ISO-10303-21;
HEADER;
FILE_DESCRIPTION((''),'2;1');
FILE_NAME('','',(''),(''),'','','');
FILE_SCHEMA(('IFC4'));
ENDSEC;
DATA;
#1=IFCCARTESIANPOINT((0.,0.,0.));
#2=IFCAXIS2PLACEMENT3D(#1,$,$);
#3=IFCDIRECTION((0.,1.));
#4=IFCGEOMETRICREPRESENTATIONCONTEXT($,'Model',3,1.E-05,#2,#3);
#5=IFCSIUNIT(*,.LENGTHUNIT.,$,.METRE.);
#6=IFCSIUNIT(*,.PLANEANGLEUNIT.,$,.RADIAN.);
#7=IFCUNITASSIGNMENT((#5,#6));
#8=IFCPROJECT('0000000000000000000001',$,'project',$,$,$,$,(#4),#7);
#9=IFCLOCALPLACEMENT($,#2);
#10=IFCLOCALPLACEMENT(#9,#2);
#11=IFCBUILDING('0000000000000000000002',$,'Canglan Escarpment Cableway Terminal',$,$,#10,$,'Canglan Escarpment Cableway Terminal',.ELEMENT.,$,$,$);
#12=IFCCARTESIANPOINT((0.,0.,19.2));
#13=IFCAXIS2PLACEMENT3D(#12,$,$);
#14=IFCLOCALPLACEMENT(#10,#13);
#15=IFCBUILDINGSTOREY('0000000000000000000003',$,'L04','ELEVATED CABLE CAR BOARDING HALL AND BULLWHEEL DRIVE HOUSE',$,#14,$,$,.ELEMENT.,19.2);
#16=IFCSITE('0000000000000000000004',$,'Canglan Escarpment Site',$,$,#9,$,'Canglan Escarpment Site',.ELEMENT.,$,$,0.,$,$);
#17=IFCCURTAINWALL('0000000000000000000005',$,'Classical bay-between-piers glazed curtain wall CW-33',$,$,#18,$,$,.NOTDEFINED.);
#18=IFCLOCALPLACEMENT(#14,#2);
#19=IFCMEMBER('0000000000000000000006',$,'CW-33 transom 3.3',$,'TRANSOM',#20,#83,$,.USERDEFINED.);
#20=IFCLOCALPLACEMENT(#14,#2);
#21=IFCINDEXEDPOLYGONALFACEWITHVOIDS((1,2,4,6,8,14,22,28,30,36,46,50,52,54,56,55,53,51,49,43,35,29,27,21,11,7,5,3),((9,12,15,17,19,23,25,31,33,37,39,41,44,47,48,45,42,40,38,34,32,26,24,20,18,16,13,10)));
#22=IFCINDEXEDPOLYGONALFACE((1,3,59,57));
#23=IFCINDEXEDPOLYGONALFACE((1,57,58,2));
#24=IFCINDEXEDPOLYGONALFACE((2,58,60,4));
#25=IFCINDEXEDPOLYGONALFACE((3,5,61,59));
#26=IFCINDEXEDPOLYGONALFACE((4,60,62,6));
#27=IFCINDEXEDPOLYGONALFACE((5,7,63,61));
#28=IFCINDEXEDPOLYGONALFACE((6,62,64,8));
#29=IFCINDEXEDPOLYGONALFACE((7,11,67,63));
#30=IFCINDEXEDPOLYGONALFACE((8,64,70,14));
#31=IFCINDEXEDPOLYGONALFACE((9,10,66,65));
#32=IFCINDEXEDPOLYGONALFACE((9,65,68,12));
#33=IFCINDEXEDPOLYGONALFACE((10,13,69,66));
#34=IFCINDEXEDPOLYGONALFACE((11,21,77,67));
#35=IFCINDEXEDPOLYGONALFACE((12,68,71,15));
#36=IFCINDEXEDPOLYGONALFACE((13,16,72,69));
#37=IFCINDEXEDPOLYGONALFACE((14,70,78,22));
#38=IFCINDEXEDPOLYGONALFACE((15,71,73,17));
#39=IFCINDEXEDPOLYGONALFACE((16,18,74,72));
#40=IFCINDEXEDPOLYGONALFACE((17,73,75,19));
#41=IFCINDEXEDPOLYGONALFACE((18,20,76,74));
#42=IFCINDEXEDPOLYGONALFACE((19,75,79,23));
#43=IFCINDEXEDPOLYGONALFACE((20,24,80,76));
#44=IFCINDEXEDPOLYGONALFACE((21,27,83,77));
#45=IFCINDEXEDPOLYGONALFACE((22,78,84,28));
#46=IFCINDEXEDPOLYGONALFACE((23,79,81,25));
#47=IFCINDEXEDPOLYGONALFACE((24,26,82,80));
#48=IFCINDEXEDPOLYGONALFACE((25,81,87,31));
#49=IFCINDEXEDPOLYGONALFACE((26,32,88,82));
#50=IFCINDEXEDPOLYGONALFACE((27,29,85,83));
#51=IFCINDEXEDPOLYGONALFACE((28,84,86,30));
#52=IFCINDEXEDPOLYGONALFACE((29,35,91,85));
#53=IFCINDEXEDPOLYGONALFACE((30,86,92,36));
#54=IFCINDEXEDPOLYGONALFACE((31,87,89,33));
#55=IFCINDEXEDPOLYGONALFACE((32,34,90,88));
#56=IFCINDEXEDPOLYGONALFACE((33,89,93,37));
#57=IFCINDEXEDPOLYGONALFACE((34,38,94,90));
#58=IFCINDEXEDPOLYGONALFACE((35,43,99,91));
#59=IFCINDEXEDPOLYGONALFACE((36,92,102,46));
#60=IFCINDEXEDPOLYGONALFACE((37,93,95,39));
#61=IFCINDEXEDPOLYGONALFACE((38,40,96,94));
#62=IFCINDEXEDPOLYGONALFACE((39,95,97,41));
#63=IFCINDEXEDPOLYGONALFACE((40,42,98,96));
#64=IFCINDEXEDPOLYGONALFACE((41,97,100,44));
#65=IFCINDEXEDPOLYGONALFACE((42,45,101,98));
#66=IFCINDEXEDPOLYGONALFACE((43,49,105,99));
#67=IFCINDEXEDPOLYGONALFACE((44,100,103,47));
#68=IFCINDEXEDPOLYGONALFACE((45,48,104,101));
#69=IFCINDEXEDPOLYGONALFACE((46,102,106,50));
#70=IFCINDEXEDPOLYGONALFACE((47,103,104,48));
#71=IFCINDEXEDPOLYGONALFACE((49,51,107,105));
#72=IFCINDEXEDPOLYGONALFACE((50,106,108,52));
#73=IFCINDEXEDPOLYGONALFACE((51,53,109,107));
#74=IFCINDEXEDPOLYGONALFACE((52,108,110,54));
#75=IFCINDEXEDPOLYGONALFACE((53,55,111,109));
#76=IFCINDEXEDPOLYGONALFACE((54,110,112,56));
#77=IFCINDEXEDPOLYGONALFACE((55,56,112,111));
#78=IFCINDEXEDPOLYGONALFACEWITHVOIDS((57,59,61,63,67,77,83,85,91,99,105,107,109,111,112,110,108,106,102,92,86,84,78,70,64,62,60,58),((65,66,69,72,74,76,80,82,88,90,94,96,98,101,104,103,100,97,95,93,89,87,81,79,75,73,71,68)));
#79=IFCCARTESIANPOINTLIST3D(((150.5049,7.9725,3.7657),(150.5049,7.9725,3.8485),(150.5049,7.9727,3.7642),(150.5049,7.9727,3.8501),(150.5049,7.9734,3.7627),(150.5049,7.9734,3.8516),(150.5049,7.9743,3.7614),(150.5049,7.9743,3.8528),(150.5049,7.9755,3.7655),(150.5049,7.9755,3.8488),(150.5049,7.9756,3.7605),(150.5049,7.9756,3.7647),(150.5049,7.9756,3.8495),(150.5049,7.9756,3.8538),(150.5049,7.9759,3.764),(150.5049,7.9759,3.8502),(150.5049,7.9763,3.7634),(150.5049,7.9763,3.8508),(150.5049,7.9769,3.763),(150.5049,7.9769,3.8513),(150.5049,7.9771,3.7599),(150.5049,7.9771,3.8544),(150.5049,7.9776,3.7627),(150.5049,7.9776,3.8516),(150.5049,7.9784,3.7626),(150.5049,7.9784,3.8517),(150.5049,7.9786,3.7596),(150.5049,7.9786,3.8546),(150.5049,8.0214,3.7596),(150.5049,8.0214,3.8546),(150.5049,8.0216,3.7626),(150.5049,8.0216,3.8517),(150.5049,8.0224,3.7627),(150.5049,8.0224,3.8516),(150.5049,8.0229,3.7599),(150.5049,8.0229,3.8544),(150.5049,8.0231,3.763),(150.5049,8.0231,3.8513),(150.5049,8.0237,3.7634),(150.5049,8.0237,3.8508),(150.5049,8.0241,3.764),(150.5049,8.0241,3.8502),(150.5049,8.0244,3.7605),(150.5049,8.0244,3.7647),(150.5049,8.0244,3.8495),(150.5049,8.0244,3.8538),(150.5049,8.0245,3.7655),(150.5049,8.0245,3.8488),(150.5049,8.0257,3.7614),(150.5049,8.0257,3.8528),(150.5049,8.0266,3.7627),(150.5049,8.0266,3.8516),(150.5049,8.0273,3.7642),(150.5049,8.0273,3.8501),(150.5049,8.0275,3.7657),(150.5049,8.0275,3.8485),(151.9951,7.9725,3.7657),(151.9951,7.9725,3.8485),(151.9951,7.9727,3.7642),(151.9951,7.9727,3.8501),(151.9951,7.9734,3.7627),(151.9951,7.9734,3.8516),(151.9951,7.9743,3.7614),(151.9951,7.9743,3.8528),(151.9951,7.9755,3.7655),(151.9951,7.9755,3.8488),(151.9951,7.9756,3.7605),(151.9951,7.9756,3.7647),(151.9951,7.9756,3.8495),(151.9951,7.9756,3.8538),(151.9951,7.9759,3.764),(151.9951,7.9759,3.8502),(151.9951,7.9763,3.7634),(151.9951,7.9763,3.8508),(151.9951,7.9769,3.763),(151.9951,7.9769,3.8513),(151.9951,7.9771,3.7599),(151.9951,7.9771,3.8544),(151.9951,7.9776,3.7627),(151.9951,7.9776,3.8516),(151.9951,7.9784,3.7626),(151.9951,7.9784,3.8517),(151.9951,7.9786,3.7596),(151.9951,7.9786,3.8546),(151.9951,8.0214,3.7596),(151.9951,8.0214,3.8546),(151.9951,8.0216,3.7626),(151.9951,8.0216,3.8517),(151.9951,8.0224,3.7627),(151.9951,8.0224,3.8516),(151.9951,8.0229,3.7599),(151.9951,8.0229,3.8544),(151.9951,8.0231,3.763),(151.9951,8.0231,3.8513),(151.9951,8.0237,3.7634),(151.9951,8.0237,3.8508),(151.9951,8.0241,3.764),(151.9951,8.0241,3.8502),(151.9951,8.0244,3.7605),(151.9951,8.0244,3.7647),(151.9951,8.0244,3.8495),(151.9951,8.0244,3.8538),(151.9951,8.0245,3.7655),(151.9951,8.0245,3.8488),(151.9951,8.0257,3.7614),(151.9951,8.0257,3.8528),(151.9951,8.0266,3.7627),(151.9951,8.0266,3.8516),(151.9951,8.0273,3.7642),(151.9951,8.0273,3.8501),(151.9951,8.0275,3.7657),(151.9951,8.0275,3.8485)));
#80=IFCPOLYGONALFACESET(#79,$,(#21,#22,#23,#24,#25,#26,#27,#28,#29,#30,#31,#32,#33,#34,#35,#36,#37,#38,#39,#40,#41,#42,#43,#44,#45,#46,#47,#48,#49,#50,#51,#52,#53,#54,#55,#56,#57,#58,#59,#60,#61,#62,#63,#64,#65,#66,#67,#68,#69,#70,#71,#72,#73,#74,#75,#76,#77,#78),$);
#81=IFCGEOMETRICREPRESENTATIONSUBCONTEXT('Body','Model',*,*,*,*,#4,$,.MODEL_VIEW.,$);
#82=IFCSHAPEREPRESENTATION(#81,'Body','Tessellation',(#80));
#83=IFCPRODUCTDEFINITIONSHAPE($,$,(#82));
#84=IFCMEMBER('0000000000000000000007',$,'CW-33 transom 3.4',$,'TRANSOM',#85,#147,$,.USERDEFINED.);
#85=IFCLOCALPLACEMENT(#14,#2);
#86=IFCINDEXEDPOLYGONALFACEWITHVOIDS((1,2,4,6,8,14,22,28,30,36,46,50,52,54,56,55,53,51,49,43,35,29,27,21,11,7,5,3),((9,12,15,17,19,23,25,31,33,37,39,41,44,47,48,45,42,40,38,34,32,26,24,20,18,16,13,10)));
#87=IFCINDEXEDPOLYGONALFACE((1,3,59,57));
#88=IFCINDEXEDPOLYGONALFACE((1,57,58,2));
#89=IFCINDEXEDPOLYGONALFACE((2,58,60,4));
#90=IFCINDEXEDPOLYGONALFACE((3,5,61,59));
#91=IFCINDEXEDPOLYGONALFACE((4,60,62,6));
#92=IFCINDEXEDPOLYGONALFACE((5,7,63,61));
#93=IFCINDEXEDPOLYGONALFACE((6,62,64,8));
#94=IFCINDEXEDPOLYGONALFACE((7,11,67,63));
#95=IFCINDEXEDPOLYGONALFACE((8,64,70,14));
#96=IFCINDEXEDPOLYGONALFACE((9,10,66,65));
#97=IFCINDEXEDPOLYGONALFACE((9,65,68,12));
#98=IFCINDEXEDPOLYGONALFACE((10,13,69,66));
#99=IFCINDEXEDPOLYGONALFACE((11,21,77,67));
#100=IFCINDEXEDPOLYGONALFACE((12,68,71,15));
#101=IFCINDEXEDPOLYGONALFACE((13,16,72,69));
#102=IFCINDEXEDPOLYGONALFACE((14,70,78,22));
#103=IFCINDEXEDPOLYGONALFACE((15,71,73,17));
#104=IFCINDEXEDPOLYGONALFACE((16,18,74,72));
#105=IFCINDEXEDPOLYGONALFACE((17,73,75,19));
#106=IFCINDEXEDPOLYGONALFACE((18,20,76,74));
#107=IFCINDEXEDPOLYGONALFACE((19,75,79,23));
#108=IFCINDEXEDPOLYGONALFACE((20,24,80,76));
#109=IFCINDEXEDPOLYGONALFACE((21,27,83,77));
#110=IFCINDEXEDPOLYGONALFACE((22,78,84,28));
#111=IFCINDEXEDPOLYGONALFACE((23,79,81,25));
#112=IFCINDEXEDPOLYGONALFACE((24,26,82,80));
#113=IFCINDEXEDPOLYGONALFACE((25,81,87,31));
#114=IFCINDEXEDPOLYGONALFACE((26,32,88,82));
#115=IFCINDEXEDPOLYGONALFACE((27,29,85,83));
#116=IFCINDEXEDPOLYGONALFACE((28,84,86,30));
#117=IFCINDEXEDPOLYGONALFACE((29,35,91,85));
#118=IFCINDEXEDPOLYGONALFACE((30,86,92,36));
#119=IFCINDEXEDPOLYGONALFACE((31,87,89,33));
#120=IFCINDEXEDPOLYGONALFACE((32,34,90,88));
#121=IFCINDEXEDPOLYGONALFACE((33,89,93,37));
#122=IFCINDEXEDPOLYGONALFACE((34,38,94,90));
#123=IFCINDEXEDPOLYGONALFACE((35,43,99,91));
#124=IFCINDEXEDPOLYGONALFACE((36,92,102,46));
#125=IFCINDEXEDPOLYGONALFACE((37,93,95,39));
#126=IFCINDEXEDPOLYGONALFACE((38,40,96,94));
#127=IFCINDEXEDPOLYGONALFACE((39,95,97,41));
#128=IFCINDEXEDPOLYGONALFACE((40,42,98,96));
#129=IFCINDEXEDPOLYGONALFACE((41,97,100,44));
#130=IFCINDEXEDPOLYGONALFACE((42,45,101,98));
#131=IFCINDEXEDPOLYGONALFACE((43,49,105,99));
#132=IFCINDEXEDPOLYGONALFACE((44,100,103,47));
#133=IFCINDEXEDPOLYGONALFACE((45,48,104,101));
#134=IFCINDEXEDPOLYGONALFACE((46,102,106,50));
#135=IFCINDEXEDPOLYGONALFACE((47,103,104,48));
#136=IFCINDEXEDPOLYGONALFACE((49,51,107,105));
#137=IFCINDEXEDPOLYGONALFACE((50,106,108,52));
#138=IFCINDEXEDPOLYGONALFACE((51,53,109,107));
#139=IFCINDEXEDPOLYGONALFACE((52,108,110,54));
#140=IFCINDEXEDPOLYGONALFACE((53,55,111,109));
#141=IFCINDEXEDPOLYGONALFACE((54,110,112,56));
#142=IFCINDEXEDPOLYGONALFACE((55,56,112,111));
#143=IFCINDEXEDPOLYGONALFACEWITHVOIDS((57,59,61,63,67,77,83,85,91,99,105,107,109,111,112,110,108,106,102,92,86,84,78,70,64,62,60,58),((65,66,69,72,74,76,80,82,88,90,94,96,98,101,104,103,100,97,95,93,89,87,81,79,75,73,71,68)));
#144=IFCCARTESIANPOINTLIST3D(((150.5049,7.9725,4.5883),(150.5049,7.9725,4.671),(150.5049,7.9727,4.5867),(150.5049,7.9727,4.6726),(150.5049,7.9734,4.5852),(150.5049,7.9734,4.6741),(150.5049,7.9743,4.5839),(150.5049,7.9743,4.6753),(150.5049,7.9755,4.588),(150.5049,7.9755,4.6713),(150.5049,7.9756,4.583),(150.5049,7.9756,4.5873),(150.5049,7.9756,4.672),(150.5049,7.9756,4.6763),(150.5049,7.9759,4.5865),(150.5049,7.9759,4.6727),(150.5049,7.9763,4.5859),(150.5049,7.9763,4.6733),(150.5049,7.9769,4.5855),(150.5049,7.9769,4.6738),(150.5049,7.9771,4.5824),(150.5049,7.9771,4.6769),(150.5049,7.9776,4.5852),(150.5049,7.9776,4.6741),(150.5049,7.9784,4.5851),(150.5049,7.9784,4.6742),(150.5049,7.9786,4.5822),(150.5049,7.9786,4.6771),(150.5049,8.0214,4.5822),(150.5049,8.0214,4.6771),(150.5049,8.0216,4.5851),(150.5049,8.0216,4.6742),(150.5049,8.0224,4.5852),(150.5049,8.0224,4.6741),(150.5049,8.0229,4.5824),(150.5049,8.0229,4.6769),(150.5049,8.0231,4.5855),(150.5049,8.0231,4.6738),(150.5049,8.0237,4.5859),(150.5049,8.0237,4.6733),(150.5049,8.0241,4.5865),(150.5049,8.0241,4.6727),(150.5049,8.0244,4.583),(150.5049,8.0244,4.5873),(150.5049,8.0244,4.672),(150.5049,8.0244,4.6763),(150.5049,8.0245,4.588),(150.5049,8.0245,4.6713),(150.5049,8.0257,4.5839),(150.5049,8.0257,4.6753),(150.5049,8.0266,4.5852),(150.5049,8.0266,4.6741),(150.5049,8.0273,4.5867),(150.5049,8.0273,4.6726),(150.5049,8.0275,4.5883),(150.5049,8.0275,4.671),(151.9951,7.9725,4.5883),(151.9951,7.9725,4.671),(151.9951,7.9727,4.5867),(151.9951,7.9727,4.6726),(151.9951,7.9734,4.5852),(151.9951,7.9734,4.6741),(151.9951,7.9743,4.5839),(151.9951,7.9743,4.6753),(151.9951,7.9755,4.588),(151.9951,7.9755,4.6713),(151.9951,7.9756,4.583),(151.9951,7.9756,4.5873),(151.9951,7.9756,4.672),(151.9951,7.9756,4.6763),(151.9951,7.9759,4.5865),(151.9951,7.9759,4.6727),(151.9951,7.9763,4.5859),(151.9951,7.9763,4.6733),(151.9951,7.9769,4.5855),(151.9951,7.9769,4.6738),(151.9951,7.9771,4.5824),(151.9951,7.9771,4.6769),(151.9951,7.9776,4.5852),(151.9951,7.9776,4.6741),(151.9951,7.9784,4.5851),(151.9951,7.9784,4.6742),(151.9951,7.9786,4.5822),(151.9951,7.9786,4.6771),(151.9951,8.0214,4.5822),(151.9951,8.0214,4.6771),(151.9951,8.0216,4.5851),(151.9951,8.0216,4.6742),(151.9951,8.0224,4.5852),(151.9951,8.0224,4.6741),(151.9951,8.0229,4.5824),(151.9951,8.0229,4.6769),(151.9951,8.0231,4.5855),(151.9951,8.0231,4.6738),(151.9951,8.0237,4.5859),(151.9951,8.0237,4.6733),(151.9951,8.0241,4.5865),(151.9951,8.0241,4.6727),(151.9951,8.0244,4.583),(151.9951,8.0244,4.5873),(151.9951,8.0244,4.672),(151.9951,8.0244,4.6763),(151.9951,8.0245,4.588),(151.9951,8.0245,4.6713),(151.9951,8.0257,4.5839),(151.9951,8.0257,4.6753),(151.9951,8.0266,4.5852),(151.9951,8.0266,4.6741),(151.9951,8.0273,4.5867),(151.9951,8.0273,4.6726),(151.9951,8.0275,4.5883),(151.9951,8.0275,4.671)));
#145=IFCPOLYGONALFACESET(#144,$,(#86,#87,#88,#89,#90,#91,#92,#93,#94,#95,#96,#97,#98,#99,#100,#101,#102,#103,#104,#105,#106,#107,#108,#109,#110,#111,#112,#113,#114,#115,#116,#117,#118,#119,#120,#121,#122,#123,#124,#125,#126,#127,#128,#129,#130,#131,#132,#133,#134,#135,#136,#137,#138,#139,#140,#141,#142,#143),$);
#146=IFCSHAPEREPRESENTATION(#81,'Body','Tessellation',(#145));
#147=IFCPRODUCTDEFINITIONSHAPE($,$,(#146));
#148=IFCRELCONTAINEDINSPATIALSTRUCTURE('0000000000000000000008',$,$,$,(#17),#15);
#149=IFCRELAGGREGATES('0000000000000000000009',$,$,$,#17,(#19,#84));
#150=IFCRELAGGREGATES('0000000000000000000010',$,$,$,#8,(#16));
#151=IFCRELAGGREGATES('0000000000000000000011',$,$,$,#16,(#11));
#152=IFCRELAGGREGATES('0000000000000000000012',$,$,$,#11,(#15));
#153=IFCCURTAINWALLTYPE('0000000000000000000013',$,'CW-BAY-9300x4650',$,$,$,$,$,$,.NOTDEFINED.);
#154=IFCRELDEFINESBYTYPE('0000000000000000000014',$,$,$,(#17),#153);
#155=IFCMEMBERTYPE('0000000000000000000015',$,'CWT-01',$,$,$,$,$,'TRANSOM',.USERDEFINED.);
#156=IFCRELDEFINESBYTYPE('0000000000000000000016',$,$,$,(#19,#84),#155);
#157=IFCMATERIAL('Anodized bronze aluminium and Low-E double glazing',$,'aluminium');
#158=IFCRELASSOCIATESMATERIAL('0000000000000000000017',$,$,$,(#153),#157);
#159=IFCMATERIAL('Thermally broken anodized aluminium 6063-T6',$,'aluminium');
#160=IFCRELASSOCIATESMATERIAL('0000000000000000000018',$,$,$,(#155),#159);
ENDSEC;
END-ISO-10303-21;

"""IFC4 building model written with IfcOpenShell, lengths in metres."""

from ifc_helpers import new_model, si_unit, direction, frame, origin, origin_2d, place, context, subcontext, project, spatial, hollow_rectangle, extrude, material, material_profile, profile_set, type_object, element, aggregate, save


model = new_model("IFC4")

# Units and contexts
model_context = context("Model", 3, precision=1e-05, world=origin(), true_north=direction((0.0, 1.0)))
body_context = subcontext(model_context, "Body", "Model", "MODEL_VIEW")
ifc_project = project(units=[si_unit("LENGTHUNIT", "METRE"), si_unit("PLANEANGLEUNIT", "RADIAN")], contexts=[model_context])

# Site, building, storey
site_placement = place(None, origin())
site = spatial("IfcSite", under=ifc_project, at=site_placement, Name="Canglan Escarpment Site", LongName="Canglan Escarpment Site", CompositionType="ELEMENT", RefElevation=0.0)
building_placement = place(site_placement, origin())
building = spatial("IfcBuilding", under=site, at=building_placement, Name="Canglan Escarpment Cableway Terminal", LongName="Canglan Escarpment Cableway Terminal", CompositionType="ELEMENT")
storey_placement = place(building_placement, frame((0.0, 0.0, 19.2)))
storey = spatial("IfcBuildingStorey", under=building, at=storey_placement, Name="L04", Description="ELEVATED CABLE CAR BOARDING HALL AND BULLWHEEL DRIVE HOUSE", CompositionType="ELEMENT", Elevation=19.2)

# Curtain wall, members
ifc_material_1 = material(Name="Anodized bronze aluminium and Low-E double glazing", Category="aluminium")
curtain_wall_type = type_object("IfcCurtainWallType", Name="CW-BAY-9300x4650", PredefinedType="NOTDEFINED", material=ifc_material_1)
curtain_wall_placement = place(storey_placement, origin())
curtain_wall = element("IfcCurtainWall", 1, at=curtain_wall_placement, inside=storey, type_object=curtain_wall_type, Name="Classical bay-between-piers glazed curtain wall CW-33", PredefinedType="NOTDEFINED")
ifc_material_2 = material(Name="Thermally broken anodized aluminium 6063-T6", Category="aluminium")
ifc_material_profile_1 = material_profile(ifc_material_2, hollow_rectangle(XDim=0.0549, YDim=0.095, WallThickness=0.0029, InnerFilletRadius=0.0029, OuterFilletRadius=0.0061, at=origin_2d()), Name="ALU-TRAN 55x95x3")
ifc_profile_set_1 = profile_set([ifc_material_profile_1], Name="Thermally broken anodized aluminium 6063-T6")
member_type_1 = type_object("IfcMemberType", Name="CWT-01", ElementType="TRANSOM", PredefinedType="USERDEFINED", material=ifc_profile_set_1)
member_1_placement = place(storey_placement, frame((150.5049, 8.0, 3.8071), z_axis=(1.0, 0.0, 0.0), x_axis=(0.0, 1.0, 0.0)))
member_1 = element("IfcMember", 2, at=member_1_placement, type_object=member_type_1, Name="CW-33 transom 3.3", ObjectType="TRANSOM", PredefinedType="USERDEFINED", context=body_context, shape_type="SweptSolid", body=[
    extrude(hollow_rectangle(XDim=0.0549, YDim=0.095, WallThickness=0.0029, InnerFilletRadius=0.0029, OuterFilletRadius=0.0061, at=origin_2d()), origin(), (0.0, 0.0, 1.0), 1.4902),
])
member_2_placement = place(storey_placement, frame((150.5049, 8.0, 4.6296), z_axis=(1.0, 0.0, 0.0), x_axis=(0.0, 1.0, 0.0)))
member_2 = element("IfcMember", 3, at=member_2_placement, type_object=member_type_1, Name="CW-33 transom 3.4", ObjectType="TRANSOM", PredefinedType="USERDEFINED", context=body_context, shape_type="SweptSolid", body=[
    extrude(hollow_rectangle(XDim=0.0549, YDim=0.095, WallThickness=0.0029, InnerFilletRadius=0.0029, OuterFilletRadius=0.0061, at=origin_2d()), origin(), (0.0, 0.0, 1.0), 1.4902),
])
aggregate(curtain_wall, [member_1, member_2])

save(model, "model.ifc")
